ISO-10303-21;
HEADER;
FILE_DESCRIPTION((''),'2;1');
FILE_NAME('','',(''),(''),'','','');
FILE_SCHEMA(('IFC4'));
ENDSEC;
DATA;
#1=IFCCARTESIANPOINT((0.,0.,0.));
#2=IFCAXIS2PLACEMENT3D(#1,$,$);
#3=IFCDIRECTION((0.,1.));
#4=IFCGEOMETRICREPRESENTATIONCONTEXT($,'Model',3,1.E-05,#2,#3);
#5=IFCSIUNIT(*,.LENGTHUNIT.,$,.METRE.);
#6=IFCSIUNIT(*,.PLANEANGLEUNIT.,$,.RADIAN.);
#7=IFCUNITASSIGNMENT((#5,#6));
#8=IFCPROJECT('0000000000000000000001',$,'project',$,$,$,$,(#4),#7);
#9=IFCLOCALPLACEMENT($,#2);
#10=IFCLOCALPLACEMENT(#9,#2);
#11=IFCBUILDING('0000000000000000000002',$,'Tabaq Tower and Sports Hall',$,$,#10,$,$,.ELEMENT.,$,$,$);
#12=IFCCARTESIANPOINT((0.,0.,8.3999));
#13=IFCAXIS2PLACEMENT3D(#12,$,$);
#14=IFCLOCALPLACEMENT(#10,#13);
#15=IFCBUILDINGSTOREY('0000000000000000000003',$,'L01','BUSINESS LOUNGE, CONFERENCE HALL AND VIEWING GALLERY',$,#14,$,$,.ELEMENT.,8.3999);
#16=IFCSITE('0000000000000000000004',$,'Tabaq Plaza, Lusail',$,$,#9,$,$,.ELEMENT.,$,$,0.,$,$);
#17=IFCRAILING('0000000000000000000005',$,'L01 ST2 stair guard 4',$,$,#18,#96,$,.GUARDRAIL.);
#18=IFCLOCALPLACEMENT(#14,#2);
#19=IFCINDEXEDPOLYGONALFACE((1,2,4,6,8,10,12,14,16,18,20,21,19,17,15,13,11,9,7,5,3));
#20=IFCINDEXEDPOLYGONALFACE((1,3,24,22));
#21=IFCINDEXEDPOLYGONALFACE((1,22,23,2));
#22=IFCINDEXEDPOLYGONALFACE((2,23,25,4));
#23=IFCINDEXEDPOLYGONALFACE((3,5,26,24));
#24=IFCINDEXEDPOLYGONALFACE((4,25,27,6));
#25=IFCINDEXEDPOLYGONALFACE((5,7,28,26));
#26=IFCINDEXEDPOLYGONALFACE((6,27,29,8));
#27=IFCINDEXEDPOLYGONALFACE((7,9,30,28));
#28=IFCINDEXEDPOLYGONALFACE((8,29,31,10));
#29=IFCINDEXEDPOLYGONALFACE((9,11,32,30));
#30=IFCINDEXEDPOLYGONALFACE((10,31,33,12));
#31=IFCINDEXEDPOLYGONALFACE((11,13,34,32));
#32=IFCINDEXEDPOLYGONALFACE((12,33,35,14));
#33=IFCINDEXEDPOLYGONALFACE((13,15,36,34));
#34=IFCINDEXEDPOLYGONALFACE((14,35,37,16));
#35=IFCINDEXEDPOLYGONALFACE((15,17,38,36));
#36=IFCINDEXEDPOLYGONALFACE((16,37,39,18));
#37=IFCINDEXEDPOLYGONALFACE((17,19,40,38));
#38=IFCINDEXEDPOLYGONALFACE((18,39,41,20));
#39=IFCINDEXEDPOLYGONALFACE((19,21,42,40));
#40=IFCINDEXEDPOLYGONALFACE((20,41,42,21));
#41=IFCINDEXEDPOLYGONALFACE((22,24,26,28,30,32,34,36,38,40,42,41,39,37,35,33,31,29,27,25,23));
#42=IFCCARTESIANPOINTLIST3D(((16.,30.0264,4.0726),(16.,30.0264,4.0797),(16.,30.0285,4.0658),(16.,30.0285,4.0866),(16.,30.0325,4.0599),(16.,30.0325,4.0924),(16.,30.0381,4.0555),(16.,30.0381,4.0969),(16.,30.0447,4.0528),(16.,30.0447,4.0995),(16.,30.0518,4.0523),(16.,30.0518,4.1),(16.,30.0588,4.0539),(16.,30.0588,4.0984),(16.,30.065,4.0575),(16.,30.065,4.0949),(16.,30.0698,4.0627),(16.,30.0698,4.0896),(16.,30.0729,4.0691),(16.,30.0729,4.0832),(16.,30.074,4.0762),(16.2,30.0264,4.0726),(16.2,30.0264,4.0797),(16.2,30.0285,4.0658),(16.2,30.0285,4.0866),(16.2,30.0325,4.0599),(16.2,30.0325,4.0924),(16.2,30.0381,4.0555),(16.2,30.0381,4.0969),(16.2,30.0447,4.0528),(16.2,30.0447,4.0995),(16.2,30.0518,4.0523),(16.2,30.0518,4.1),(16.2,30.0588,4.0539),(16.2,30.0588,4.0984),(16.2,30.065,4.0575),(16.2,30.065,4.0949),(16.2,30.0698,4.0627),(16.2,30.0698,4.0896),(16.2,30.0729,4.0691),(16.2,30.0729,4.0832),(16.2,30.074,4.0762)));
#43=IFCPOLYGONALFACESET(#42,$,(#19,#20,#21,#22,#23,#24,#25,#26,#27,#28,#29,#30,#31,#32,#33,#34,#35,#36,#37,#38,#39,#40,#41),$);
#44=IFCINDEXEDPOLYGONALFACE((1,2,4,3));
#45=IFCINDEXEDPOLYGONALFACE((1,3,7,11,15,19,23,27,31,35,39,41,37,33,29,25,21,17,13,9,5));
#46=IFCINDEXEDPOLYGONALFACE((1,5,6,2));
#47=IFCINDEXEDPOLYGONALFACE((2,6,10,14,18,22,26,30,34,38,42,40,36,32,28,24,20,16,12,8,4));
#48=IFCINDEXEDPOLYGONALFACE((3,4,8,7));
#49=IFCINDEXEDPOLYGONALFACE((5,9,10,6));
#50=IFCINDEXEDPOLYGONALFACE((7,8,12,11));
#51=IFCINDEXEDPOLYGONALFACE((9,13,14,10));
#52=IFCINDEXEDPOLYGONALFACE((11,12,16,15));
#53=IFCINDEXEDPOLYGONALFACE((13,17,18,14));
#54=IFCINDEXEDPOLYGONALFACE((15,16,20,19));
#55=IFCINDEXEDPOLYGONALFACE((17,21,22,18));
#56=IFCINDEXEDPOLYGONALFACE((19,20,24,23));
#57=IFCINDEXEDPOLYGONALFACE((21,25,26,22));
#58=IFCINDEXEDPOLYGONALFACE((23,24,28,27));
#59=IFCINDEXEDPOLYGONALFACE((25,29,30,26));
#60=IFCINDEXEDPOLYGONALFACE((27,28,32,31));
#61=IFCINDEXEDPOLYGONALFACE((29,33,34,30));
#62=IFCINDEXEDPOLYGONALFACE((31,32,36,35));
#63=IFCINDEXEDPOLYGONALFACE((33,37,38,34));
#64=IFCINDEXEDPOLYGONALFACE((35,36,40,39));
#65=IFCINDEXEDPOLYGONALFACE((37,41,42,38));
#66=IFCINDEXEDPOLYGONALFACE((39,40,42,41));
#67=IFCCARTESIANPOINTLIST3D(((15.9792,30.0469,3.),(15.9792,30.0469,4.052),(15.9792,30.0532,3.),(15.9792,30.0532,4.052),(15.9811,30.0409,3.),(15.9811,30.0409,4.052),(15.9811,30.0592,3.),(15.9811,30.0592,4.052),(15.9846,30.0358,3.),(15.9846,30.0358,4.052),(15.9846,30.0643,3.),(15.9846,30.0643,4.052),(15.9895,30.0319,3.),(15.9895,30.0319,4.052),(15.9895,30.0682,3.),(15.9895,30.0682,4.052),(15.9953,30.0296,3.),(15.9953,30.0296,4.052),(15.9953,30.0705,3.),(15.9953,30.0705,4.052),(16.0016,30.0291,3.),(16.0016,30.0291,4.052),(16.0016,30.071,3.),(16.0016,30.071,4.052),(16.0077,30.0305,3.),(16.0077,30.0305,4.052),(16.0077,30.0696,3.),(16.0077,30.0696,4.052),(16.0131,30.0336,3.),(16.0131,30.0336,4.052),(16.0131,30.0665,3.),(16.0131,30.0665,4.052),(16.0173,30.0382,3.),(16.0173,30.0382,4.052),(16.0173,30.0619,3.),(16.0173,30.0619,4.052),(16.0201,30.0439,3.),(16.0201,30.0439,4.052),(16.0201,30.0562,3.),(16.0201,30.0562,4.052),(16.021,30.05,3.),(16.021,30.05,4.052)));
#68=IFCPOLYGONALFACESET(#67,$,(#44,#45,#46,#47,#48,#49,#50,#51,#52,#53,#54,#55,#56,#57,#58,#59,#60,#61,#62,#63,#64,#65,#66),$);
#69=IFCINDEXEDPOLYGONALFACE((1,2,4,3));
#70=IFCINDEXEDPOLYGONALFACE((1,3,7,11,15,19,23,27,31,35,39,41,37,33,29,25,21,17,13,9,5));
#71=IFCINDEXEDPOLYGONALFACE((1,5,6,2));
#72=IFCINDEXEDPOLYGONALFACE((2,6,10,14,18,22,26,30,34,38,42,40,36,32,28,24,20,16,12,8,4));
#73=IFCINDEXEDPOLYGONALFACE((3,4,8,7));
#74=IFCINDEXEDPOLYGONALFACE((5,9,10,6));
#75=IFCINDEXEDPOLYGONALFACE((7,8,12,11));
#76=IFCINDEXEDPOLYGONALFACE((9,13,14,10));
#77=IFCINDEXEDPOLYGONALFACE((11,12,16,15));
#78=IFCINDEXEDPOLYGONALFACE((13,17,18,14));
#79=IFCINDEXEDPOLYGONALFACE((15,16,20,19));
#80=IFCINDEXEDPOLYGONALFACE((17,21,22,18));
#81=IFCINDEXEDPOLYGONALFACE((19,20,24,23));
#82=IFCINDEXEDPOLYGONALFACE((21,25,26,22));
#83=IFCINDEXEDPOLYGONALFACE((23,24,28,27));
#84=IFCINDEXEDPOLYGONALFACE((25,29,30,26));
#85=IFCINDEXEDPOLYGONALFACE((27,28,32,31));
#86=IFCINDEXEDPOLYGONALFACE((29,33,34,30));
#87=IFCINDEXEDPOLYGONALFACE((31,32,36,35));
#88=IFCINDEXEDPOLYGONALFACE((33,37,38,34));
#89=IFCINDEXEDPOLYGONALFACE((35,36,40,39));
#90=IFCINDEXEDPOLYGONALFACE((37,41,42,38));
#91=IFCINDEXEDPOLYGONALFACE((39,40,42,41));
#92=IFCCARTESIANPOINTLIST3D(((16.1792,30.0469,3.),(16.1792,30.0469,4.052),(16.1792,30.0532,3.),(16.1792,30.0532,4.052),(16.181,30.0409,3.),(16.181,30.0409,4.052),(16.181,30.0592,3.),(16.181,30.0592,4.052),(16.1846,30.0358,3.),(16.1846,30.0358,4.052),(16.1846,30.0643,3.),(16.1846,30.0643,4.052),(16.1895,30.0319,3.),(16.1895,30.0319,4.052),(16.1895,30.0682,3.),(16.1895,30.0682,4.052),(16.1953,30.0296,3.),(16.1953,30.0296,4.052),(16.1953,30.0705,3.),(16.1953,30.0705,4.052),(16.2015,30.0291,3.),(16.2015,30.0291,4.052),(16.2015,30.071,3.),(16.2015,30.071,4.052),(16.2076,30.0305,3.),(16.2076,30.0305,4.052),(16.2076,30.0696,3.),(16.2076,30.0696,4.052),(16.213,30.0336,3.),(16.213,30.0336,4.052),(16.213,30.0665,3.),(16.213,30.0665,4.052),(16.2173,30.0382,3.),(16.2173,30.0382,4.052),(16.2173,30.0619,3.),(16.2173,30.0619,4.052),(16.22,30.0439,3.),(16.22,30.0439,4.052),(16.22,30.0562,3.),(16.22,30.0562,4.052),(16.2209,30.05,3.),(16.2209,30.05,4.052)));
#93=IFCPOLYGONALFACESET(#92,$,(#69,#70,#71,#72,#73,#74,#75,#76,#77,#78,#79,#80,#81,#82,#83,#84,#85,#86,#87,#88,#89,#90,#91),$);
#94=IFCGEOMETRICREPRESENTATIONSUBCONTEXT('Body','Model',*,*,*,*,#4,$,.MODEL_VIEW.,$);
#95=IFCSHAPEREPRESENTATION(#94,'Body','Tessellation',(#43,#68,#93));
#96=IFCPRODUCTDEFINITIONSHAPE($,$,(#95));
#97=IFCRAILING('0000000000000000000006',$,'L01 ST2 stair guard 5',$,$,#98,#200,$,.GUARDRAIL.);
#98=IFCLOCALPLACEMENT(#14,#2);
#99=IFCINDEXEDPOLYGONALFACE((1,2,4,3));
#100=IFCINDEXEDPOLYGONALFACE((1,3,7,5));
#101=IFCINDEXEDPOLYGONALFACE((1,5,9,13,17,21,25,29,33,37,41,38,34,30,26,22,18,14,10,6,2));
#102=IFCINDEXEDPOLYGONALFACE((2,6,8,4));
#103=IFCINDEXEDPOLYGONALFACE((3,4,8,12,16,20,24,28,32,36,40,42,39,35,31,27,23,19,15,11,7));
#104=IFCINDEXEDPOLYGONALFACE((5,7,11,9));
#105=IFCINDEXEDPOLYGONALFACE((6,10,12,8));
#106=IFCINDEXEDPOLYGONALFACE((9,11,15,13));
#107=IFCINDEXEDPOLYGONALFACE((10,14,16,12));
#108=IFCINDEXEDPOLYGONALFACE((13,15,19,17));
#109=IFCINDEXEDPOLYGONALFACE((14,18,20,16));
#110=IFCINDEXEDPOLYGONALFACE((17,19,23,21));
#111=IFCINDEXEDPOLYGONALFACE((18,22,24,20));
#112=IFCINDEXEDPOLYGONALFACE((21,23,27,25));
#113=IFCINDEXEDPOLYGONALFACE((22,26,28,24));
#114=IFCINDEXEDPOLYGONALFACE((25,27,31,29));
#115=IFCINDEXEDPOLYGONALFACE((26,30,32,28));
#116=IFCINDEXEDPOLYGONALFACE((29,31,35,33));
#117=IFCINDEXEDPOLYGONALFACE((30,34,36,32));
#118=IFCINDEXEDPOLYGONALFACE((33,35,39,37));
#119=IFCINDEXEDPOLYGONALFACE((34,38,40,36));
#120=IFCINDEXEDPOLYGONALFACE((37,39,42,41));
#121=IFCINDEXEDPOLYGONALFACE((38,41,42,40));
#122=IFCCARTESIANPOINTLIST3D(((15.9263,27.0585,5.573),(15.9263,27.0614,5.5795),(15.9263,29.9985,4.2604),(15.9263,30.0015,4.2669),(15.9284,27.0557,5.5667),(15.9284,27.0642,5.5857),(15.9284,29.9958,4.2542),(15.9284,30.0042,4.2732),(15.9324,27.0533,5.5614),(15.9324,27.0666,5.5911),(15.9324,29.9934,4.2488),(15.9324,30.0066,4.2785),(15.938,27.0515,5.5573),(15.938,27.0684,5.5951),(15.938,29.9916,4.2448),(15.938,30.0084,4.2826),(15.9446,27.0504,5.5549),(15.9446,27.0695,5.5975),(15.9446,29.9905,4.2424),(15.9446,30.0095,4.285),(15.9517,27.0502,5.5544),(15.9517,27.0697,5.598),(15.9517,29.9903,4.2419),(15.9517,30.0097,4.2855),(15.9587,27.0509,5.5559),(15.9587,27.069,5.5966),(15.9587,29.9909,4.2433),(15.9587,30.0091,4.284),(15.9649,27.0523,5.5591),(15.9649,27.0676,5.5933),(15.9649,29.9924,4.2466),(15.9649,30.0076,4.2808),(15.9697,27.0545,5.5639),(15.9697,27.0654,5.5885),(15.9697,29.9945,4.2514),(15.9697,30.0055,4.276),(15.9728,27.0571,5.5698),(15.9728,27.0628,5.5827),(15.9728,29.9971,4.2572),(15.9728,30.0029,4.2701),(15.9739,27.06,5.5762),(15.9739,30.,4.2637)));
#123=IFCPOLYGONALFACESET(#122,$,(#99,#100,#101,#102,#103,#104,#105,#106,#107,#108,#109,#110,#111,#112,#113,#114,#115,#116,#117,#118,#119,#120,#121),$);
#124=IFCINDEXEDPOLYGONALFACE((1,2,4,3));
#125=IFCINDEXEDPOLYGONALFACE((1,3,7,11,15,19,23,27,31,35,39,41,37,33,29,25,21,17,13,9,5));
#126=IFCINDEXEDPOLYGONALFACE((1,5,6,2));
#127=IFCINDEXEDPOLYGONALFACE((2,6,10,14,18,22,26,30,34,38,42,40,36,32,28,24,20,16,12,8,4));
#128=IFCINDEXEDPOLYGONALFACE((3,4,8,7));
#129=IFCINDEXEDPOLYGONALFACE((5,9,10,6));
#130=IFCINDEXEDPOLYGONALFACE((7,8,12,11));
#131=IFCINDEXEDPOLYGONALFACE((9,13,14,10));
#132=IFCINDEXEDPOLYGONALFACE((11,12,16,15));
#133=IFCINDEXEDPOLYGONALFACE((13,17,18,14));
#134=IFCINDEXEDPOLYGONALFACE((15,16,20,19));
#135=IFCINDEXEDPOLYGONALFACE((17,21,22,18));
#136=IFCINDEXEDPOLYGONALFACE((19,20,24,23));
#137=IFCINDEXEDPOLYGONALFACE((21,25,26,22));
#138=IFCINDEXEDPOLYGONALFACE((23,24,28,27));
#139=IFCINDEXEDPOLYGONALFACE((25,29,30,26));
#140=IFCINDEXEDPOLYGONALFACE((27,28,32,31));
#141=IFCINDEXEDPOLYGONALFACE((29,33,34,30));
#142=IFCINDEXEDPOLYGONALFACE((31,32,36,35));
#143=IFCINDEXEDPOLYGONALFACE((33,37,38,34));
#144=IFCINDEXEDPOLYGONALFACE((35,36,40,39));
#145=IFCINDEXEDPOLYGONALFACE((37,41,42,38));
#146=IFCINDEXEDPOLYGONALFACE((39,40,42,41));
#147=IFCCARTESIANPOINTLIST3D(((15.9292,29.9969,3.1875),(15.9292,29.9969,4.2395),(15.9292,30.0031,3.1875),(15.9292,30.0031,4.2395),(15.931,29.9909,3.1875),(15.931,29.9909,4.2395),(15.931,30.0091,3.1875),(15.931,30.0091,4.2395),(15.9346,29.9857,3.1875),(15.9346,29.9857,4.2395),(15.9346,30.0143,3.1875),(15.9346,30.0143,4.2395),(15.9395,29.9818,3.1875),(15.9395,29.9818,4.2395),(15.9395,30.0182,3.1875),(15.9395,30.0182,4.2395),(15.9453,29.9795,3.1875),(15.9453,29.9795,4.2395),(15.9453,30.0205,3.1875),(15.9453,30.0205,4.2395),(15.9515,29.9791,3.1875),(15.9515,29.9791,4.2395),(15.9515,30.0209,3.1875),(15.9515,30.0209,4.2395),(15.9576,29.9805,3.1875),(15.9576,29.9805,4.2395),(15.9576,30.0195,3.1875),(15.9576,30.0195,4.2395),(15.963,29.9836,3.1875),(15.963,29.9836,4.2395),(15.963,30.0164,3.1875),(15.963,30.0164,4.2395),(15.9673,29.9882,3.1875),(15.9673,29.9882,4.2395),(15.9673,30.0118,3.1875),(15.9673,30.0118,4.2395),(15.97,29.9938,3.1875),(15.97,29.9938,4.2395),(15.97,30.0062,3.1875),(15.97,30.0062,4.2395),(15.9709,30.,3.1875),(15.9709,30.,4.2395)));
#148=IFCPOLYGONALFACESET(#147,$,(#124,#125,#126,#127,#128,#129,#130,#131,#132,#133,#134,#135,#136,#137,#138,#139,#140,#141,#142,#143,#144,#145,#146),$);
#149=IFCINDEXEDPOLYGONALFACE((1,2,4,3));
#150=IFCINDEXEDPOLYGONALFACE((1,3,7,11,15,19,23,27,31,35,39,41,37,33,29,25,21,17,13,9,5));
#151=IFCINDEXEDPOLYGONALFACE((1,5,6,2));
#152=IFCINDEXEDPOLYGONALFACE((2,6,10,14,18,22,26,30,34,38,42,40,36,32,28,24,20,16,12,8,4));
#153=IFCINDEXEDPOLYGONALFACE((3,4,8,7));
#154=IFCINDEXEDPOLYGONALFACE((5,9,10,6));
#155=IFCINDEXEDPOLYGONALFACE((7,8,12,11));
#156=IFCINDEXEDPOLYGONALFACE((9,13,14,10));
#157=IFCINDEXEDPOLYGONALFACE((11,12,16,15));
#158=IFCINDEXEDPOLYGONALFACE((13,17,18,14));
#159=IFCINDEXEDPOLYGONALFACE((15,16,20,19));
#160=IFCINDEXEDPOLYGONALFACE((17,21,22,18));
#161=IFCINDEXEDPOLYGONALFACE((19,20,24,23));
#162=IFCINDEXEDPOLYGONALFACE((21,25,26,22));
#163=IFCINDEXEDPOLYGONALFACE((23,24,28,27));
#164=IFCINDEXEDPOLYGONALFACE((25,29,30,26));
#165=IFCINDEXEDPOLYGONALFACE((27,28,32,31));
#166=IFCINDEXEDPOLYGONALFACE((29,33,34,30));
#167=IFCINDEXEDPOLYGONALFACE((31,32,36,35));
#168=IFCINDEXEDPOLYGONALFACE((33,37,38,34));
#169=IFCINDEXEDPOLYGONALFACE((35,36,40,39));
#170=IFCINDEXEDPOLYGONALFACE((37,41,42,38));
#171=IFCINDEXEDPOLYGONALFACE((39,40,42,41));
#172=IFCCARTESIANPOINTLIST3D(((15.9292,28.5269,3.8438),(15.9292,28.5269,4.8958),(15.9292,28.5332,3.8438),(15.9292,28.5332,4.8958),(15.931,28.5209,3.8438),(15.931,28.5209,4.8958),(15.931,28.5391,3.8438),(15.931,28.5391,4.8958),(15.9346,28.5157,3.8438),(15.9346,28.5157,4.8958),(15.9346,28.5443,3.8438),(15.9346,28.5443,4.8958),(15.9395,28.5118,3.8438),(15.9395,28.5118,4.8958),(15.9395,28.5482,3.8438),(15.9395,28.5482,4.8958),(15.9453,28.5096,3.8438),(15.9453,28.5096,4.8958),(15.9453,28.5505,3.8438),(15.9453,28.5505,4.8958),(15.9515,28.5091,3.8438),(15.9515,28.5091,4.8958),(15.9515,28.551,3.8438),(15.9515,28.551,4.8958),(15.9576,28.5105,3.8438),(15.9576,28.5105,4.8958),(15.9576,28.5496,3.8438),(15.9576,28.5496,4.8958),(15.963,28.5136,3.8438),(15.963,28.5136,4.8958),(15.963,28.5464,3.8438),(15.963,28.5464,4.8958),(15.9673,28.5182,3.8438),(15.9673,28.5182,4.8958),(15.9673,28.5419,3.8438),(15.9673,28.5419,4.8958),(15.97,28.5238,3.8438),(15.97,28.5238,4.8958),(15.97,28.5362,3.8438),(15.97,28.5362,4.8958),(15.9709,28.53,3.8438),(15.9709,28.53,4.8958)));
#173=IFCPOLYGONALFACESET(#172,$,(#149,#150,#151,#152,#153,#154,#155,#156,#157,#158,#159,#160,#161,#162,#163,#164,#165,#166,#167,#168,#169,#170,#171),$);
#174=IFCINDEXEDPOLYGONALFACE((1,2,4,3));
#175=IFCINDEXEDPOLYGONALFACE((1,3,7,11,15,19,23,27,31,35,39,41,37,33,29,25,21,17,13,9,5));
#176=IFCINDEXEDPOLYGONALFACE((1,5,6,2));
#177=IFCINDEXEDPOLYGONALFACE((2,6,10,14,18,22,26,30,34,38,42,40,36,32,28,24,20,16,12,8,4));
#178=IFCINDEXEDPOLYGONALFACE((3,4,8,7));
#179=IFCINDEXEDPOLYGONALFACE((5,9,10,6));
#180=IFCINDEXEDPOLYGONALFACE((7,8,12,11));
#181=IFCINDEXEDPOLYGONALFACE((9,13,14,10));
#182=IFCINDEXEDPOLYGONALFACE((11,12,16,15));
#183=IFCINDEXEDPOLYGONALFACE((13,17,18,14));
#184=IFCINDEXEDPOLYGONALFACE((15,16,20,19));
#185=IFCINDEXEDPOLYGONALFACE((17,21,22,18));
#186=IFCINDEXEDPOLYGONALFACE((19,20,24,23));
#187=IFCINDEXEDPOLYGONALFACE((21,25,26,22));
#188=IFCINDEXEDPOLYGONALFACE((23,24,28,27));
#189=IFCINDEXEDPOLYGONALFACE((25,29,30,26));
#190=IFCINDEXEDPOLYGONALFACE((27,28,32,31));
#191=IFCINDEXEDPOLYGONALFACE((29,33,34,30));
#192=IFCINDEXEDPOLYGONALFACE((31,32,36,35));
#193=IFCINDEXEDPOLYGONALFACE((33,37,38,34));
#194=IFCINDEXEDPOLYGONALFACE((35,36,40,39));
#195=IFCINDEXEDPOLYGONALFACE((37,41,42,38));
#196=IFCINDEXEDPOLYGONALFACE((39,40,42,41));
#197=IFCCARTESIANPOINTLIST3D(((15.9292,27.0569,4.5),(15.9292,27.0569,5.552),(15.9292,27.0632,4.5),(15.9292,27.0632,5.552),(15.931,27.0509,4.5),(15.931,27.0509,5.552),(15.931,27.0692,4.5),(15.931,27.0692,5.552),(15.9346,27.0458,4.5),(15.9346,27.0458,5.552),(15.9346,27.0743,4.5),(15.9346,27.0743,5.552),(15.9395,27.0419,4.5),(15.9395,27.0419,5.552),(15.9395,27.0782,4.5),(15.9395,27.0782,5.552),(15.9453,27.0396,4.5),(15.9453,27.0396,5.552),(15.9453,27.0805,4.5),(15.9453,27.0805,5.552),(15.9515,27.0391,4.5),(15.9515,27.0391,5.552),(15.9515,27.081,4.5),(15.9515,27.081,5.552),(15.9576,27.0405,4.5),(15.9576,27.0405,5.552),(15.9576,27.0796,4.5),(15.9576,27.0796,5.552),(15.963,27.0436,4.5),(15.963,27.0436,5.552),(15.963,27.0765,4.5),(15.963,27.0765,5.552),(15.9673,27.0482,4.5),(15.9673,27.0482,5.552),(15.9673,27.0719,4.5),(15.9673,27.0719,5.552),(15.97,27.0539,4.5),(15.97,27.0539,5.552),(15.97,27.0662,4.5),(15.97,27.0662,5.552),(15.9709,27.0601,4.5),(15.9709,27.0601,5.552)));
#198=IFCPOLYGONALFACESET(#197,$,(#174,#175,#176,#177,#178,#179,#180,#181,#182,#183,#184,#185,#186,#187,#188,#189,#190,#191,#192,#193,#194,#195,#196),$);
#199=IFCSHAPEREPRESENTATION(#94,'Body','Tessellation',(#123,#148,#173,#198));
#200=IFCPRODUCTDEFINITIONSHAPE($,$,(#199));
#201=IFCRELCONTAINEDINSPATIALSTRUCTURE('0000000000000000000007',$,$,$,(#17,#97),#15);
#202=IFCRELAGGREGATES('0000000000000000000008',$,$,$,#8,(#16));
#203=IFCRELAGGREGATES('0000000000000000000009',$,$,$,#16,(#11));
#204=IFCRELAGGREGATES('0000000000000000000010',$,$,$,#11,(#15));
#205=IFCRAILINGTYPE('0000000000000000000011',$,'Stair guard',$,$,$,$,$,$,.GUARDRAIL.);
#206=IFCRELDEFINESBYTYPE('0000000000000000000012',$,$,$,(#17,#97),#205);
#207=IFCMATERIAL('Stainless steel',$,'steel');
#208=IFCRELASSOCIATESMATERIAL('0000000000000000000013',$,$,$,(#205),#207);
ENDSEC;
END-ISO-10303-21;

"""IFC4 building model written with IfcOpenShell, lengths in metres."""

from ifc_helpers import new_model, si_unit, direction, frame, origin, origin_2d, place, context, subcontext, project, spatial, circle, extrude, material, type_object, element, save


model = new_model("IFC4")

# Units and contexts
model_context = context("Model", 3, precision=1e-05, world=origin(), true_north=direction((0.0, 1.0)))
body_context = subcontext(model_context, "Body", "Model", "MODEL_VIEW")
ifc_project = project(units=[si_unit("LENGTHUNIT", "METRE"), si_unit("PLANEANGLEUNIT", "RADIAN")], contexts=[model_context])

# Site, building, storey
site_placement = place(None, origin())
site = spatial("IfcSite", under=ifc_project, at=site_placement, Name="Tabaq Plaza, Lusail", CompositionType="ELEMENT", RefElevation=0.0)
building_placement = place(site_placement, origin())
building = spatial("IfcBuilding", under=site, at=building_placement, Name="Tabaq Tower and Sports Hall", CompositionType="ELEMENT")
storey_placement = place(building_placement, frame((0.0, 0.0, 8.3999)))
storey = spatial("IfcBuildingStorey", under=building, at=storey_placement, Name="L01", Description="BUSINESS LOUNGE, CONFERENCE HALL AND VIEWING GALLERY", CompositionType="ELEMENT", Elevation=8.3999)

# Railings
ifc_material_1 = material(Name="Stainless steel", Category="steel")
railing_type_1 = type_object("IfcRailingType", Name="Stair guard", PredefinedType="GUARDRAIL", material=ifc_material_1)
railing_1_placement = place(storey_placement, frame((16.0, 30.05, 3.0)))
element("IfcRailing", 1, at=railing_1_placement, inside=storey, type_object=railing_type_1, Name="L01 ST2 stair guard 4", PredefinedType="GUARDRAIL", context=body_context, shape_type="SweptSolid", body=[
    extrude(circle(Radius=0.0239, at=origin_2d()), frame((0.0, 0.0, 1.0762), z_axis=(1.0, 0.0, 0.0), x_axis=(0.0, 1.0, 0.0)), (0.0, 0.0, 1.0), 0.2),
    extrude(circle(Radius=0.021, at=origin_2d()), origin(), (0.0, 0.0, 1.0), 1.052),
    extrude(circle(Radius=0.021, at=origin_2d()), frame((0.2, 0.0, 0.0)), (0.0, 0.0, 1.0), 1.052),
])
railing_2_placement = place(storey_placement, frame((15.95, 30.0, 3.1875)))
element("IfcRailing", 2, at=railing_2_placement, inside=storey, type_object=railing_type_1, Name="L01 ST2 stair guard 5", PredefinedType="GUARDRAIL", context=body_context, shape_type="SweptSolid", body=[
    extrude(circle(Radius=0.0239, at=origin_2d()), frame((0.0, 0.0, 1.0762), z_axis=(0.0, -0.913135, 0.407658), x_axis=(1.0, 0.0, 0.0)), (0.0, 0.0, 1.0), 3.2197),
    extrude(circle(Radius=0.021, at=origin_2d()), origin(), (0.0, 0.0, 1.0), 1.052),
    extrude(circle(Radius=0.021, at=origin_2d()), frame((0.0, -1.47, 0.6562)), (0.0, 0.0, 1.0), 1.052),
    extrude(circle(Radius=0.021, at=origin_2d()), frame((0.0, -2.9399, 1.3125)), (0.0, 0.0, 1.0), 1.052),
])

save(model, "model.ifc")
